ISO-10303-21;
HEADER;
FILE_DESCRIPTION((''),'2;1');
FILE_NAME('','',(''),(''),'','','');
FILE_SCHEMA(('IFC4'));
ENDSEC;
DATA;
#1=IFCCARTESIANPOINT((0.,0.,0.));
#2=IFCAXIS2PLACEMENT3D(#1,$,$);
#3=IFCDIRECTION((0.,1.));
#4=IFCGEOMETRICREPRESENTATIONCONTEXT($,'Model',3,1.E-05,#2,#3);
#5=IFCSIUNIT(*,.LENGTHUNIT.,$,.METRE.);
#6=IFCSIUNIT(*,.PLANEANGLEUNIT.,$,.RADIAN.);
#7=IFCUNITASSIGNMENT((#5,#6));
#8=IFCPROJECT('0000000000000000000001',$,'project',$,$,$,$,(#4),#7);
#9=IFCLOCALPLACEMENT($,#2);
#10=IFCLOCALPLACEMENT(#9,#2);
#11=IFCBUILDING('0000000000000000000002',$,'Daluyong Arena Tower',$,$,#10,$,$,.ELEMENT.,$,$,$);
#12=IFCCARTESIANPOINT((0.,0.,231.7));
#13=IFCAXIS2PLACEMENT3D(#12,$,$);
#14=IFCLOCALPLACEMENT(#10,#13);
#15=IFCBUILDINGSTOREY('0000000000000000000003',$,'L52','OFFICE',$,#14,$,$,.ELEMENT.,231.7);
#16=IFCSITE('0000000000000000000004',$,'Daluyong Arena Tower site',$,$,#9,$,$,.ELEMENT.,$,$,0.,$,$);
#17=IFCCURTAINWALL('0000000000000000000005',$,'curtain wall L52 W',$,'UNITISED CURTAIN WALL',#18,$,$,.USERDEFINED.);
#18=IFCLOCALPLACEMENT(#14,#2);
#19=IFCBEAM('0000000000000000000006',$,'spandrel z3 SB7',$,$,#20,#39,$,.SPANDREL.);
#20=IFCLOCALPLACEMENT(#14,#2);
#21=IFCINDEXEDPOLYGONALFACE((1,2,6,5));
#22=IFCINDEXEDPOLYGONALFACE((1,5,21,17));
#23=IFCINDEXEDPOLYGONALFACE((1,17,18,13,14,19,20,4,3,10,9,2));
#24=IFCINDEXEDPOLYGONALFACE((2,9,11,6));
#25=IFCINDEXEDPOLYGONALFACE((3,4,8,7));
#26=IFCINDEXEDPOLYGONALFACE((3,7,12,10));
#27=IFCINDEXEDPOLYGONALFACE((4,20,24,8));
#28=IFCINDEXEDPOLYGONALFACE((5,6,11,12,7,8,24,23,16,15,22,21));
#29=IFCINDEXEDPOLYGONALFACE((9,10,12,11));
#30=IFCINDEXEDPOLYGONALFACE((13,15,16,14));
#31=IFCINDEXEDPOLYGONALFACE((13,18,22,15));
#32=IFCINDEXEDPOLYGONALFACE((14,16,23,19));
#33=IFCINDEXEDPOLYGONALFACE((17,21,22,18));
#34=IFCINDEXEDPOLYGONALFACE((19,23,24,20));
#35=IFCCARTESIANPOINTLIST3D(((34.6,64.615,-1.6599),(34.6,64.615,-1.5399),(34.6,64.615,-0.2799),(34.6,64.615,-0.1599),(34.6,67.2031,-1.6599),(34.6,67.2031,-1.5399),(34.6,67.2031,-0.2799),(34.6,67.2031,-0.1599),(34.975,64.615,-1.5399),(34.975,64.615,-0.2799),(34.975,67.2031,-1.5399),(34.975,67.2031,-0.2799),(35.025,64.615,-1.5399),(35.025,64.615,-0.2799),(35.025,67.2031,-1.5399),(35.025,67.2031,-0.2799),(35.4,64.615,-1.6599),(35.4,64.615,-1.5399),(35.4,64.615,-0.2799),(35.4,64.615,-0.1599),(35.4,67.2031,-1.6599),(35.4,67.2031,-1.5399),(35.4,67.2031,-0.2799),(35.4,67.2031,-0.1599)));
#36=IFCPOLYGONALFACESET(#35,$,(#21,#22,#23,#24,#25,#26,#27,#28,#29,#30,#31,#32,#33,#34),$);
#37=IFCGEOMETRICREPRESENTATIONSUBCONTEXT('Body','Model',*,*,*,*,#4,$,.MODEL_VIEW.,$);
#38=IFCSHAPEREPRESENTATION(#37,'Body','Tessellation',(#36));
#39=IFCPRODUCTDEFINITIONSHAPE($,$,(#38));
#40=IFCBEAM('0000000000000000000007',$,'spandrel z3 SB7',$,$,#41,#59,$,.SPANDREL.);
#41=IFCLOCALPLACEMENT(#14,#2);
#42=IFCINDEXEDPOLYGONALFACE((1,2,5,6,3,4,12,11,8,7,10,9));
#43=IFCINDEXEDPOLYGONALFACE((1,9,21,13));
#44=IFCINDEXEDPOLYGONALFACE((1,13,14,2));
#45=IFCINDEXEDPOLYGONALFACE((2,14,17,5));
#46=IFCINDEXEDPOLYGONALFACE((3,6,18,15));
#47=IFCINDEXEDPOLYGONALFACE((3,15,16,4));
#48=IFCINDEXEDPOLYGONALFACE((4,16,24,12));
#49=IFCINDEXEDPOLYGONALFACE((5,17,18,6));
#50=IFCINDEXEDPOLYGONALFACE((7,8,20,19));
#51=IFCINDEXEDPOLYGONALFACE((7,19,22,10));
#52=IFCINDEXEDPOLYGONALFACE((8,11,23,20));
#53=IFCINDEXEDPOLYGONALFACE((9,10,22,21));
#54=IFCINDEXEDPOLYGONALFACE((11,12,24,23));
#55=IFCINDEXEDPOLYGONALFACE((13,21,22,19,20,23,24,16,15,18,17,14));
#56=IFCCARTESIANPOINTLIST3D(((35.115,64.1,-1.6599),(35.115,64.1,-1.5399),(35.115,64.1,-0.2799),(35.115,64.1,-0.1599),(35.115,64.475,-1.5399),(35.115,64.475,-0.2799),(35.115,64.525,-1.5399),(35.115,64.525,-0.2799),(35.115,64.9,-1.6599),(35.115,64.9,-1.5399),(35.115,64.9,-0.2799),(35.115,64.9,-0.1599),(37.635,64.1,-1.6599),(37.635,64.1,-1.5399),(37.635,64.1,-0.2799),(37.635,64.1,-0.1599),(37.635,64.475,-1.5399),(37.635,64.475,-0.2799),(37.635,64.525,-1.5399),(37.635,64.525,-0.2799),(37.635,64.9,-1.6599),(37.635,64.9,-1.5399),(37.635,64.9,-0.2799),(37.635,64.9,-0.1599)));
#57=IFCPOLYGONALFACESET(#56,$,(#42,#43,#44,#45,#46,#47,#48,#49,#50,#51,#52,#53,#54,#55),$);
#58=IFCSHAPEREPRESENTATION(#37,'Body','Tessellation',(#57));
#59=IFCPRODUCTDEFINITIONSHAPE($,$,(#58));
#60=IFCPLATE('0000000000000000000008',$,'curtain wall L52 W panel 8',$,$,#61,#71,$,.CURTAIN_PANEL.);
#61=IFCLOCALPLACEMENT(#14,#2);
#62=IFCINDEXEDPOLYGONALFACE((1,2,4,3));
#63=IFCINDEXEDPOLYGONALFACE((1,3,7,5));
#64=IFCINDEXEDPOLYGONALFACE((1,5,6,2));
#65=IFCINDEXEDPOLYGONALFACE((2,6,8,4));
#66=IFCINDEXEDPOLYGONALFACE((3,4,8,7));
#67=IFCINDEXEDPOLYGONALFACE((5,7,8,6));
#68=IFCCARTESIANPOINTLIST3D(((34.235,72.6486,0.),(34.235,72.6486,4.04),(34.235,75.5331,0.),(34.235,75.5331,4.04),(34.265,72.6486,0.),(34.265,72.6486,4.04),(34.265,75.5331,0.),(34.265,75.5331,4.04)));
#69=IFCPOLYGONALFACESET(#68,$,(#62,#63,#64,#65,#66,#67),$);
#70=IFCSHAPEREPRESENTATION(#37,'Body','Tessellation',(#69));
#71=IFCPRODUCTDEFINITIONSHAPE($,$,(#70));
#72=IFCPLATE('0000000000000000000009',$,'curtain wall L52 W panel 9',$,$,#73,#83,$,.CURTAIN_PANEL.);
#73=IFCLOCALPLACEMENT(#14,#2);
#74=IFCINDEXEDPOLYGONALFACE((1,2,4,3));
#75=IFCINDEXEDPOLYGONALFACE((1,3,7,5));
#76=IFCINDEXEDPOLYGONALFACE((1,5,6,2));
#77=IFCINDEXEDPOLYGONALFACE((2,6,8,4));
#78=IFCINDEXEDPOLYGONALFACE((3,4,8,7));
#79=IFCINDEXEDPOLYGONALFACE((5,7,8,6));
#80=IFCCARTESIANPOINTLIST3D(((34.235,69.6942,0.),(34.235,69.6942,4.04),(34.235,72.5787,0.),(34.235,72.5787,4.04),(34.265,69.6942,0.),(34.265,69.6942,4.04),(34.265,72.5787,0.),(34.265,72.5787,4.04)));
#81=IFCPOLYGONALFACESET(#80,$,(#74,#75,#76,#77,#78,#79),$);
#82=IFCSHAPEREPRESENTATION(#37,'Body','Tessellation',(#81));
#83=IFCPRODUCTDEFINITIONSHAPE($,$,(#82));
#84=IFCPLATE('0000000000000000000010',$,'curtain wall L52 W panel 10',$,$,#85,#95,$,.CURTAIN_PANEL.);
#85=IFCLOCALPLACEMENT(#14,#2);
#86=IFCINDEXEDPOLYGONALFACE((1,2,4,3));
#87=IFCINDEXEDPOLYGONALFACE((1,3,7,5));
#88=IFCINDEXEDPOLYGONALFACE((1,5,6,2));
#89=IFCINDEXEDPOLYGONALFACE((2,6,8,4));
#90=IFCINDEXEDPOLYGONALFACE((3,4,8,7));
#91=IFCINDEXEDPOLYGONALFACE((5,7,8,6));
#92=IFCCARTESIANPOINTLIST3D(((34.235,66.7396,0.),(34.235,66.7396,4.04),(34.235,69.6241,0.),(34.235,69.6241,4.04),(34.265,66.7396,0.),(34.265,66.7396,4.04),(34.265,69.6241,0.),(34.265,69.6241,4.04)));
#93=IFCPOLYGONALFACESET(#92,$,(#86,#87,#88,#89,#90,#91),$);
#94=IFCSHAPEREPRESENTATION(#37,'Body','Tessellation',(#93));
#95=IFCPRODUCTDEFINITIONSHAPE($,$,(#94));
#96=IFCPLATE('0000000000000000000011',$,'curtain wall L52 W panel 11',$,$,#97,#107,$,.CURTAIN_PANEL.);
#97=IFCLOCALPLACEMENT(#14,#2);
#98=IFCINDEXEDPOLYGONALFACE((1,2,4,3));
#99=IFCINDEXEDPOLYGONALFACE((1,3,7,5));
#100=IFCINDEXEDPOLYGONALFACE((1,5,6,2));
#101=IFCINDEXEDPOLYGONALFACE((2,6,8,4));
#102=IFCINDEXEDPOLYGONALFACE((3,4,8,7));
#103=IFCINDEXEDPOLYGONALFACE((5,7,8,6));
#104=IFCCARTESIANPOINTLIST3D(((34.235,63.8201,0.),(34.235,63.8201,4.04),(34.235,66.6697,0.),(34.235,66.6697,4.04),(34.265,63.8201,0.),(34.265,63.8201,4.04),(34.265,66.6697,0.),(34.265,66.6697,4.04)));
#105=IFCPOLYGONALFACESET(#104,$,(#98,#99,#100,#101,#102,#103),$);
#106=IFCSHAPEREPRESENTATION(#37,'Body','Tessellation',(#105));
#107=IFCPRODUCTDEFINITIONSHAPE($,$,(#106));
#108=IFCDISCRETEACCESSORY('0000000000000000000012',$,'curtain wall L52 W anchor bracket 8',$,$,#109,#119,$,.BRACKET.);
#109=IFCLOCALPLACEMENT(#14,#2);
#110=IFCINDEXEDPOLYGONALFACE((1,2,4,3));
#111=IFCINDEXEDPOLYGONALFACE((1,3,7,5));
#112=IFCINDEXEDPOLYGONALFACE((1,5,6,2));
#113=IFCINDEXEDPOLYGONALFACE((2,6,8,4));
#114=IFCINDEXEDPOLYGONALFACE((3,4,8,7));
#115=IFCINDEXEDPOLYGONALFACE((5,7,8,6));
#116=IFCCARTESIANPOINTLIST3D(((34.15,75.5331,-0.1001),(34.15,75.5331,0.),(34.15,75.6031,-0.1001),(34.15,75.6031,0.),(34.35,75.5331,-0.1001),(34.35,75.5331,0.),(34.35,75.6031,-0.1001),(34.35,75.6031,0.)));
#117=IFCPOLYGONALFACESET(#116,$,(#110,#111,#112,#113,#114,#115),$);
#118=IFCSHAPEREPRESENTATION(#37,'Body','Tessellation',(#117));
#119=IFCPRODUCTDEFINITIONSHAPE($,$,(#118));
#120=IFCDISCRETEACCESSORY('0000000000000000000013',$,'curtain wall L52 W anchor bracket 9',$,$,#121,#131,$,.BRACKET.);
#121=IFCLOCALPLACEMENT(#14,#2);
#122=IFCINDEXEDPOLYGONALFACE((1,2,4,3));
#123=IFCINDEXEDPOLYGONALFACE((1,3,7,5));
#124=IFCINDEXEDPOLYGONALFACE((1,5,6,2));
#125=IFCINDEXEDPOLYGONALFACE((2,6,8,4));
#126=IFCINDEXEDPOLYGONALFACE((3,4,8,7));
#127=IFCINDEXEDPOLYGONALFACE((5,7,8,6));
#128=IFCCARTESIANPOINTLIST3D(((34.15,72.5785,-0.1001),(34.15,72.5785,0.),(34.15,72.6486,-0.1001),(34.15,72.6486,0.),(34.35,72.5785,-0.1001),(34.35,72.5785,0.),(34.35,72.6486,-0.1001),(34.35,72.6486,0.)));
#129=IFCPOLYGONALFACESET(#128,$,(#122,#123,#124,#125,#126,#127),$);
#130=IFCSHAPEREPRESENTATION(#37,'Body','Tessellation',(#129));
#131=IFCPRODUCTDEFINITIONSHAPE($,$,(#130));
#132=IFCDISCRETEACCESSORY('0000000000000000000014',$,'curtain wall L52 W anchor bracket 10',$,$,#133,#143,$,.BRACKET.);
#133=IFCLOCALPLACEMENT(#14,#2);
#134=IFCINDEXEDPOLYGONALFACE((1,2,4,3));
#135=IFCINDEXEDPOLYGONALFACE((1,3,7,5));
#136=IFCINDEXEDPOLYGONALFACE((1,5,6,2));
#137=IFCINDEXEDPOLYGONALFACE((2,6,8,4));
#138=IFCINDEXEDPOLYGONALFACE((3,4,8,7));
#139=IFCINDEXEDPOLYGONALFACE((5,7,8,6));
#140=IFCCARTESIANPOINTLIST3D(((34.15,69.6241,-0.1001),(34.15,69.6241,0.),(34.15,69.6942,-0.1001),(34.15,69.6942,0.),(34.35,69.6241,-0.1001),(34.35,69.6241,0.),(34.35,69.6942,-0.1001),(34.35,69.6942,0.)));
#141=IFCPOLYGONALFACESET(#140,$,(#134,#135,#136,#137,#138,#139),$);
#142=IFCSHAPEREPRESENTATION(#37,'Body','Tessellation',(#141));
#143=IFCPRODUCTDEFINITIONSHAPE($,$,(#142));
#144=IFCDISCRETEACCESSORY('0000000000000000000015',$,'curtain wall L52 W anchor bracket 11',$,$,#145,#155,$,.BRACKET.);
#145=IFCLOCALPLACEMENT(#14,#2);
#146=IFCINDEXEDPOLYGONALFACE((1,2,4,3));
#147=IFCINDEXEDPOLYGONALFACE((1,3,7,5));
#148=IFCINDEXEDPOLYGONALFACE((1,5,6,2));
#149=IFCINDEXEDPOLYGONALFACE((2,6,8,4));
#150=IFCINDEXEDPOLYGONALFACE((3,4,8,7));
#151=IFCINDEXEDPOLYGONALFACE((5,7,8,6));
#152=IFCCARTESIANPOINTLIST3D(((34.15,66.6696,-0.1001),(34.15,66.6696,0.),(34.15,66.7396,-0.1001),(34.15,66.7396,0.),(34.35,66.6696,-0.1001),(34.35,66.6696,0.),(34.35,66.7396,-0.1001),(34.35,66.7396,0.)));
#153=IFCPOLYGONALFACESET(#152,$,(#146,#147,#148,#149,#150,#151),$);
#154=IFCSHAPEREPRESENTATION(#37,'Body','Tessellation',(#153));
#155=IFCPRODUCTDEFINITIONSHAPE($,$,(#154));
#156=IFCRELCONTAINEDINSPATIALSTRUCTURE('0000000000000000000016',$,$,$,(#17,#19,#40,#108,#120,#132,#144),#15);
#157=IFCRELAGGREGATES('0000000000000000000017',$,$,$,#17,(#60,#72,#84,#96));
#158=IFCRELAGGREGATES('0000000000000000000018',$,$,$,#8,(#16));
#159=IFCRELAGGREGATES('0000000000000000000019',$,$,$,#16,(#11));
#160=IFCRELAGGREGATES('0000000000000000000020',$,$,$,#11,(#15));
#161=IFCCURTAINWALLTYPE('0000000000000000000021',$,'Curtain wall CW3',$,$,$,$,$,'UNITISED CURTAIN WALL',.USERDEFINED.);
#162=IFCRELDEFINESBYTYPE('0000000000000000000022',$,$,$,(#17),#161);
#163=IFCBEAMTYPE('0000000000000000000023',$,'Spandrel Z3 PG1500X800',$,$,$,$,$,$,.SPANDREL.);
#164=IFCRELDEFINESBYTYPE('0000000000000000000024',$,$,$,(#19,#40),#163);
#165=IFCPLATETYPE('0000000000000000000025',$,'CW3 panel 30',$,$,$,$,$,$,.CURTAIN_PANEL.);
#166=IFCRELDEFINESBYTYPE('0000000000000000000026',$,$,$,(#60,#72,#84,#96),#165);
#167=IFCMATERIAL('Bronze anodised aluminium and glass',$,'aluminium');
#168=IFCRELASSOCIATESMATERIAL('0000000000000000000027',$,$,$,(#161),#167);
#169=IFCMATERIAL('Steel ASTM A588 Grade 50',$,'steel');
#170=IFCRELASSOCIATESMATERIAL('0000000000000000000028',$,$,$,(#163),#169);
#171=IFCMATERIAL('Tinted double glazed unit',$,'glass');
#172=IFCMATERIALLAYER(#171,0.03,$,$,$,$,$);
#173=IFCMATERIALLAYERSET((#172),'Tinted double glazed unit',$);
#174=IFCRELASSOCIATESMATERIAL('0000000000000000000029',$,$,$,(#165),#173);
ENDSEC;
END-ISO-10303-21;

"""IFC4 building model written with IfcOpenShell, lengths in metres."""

from ifc_helpers import new_model, si_unit, direction, frame, origin, origin_2d, place, context, subcontext, project, spatial, rectangle, i_section, extrude, material, layer, layer_set, material_profile, profile_set, type_object, element, aggregate, save


model = new_model("IFC4")

# Units and contexts
model_context = context("Model", 3, precision=1e-05, world=origin(), true_north=direction((0.0, 1.0)))
body_context = subcontext(model_context, "Body", "Model", "MODEL_VIEW")
ifc_project = project(units=[si_unit("LENGTHUNIT", "METRE"), si_unit("PLANEANGLEUNIT", "RADIAN")], contexts=[model_context])

# Site, building, storey
site_placement = place(None, origin())
site = spatial("IfcSite", under=ifc_project, at=site_placement, Name="Daluyong Arena Tower site", CompositionType="ELEMENT", RefElevation=0.0)
building_placement = place(site_placement, origin())
building = spatial("IfcBuilding", under=site, at=building_placement, Name="Daluyong Arena Tower", CompositionType="ELEMENT")
storey_placement = place(building_placement, frame((0.0, 0.0, 231.7)))
storey = spatial("IfcBuildingStorey", under=building, at=storey_placement, Name="L52", Description="OFFICE", CompositionType="ELEMENT", Elevation=231.7)

# Curtain wall
ifc_material_1 = material(Name="Bronze anodised aluminium and glass", Category="aluminium")
curtain_wall_type_1 = type_object("IfcCurtainWallType", Name="Curtain wall CW3", ElementType="UNITISED CURTAIN WALL", PredefinedType="USERDEFINED", material=ifc_material_1)
curtain_wall_1_placement = place(storey_placement, origin())
curtain_wall_1 = element("IfcCurtainWall", 1, at=curtain_wall_1_placement, inside=storey, type_object=curtain_wall_type_1, Name="curtain wall L52 W", ObjectType="UNITISED CURTAIN WALL", PredefinedType="USERDEFINED")

# Beams
ifc_material_2 = material(Name="Steel ASTM A588 Grade 50", Category="steel")
ifc_material_profile_1 = material_profile(ifc_material_2, i_section(OverallWidth=0.8, OverallDepth=1.5, WebThickness=0.05, FlangeThickness=0.12, at=origin_2d()))
ifc_profile_set_1 = profile_set([ifc_material_profile_1], Name="Steel ASTM A588 Grade 50")
beam_type_1 = type_object("IfcBeamType", Name="Spandrel Z3 PG1500X800", PredefinedType="SPANDREL", material=ifc_profile_set_1)
beam_1_placement = place(storey_placement, frame((35.0, 67.2031, -0.9099), z_axis=(0.0, -1.0, 0.0), x_axis=(1.0, 0.0, 0.0)))
element("IfcBeam", 2, at=beam_1_placement, inside=storey, type_object=beam_type_1, Name="spandrel z3 SB7", PredefinedType="SPANDREL", context=body_context, shape_type="SweptSolid", body=[
    extrude(i_section(OverallWidth=0.8, OverallDepth=1.5, WebThickness=0.05, FlangeThickness=0.12, at=origin_2d()), origin(), (0.0, 0.0, 1.0), 2.5881),
])
beam_2_placement = place(storey_placement, frame((35.115, 64.5, -0.9099), z_axis=(1.0, 0.0, 0.0), x_axis=(0.0, 1.0, 0.0)))
element("IfcBeam", 3, at=beam_2_placement, inside=storey, type_object=beam_type_1, Name="spandrel z3 SB7", PredefinedType="SPANDREL", context=body_context, shape_type="SweptSolid", body=[
    extrude(i_section(OverallWidth=0.8, OverallDepth=1.5, WebThickness=0.05, FlangeThickness=0.12, at=origin_2d()), origin(), (0.0, 0.0, 1.0), 2.52),
])

# Plates
ifc_material_3 = material(Name="Tinted double glazed unit", Category="glass")
ifc_layer = layer(ifc_material_3, 0.03)
ifc_layer_set = layer_set([ifc_layer], Name="Tinted double glazed unit")
plate_type = type_object("IfcPlateType", Name="CW3 panel 30", PredefinedType="CURTAIN_PANEL", material=ifc_layer_set)
plate_1_placement = place(storey_placement, frame((34.25, 74.0908, 0.0), z_axis=(0.0, 0.0, 1.0), x_axis=(0.0, -1.0, 0.0)))
plate_1 = element("IfcPlate", 4, at=plate_1_placement, type_object=plate_type, Name="curtain wall L52 W panel 8", PredefinedType="CURTAIN_PANEL", context=body_context, shape_type="SweptSolid", body=[
    extrude(rectangle(XDim=2.8845, YDim=0.03, at=origin_2d()), origin(), (0.0, 0.0, 1.0), 4.04),
])
plate_2_placement = place(storey_placement, frame((34.25, 71.1365, 0.0), z_axis=(0.0, 0.0, 1.0), x_axis=(0.0, -1.0, 0.0)))
plate_2 = element("IfcPlate", 5, at=plate_2_placement, type_object=plate_type, Name="curtain wall L52 W panel 9", PredefinedType="CURTAIN_PANEL", context=body_context, shape_type="SweptSolid", body=[
    extrude(rectangle(XDim=2.8845, YDim=0.03, at=origin_2d()), origin(), (0.0, 0.0, 1.0), 4.04),
])
plate_3_placement = place(storey_placement, frame((34.25, 68.1819, 0.0), z_axis=(0.0, 0.0, 1.0), x_axis=(0.0, -1.0, 0.0)))
plate_3 = element("IfcPlate", 6, at=plate_3_placement, type_object=plate_type, Name="curtain wall L52 W panel 10", PredefinedType="CURTAIN_PANEL", context=body_context, shape_type="SweptSolid", body=[
    extrude(rectangle(XDim=2.8845, YDim=0.03, at=origin_2d()), origin(), (0.0, 0.0, 1.0), 4.04),
])
plate_4_placement = place(storey_placement, frame((34.25, 65.2449, 0.0), z_axis=(0.0, 0.0, 1.0), x_axis=(0.0, -1.0, 0.0)))
plate_4 = element("IfcPlate", 7, at=plate_4_placement, type_object=plate_type, Name="curtain wall L52 W panel 11", PredefinedType="CURTAIN_PANEL", context=body_context, shape_type="SweptSolid", body=[
    extrude(rectangle(XDim=2.8496, YDim=0.03, at=origin_2d()), origin(), (0.0, 0.0, 1.0), 4.04),
])
aggregate(curtain_wall_1, [plate_1, plate_2, plate_3, plate_4])

# Discrete accessories
for number, where, z_axis, x_axis, name in (
    (8, (34.25, 75.5681, -0.1001), (0.0, 0.0, 1.0), (0.0, -1.0, 0.0), "curtain wall L52 W anchor bracket 8"),
    (9, (34.25, 72.6135, -0.1001), (0.0, 0.0, 1.0), (0.0, -1.0, 0.0), "curtain wall L52 W anchor bracket 9"),
    (10, (34.25, 69.6592, -0.1001), (0.0, 0.0, 1.0), (0.0, -1.0, 0.0), "curtain wall L52 W anchor bracket 10"),
    (11, (34.25, 66.7046, -0.1001), (0.0, 0.0, 1.0), (0.0, -1.0, 0.0), "curtain wall L52 W anchor bracket 11"),
):
    element("IfcDiscreteAccessory", number, at=place(storey_placement, frame(where, z_axis=z_axis, x_axis=x_axis)), inside=storey, Name=name, PredefinedType="BRACKET", context=body_context, shape_type="SweptSolid", body=[
        extrude(rectangle(XDim=0.0701, YDim=0.2, at=origin_2d()), origin(), (0.0, 0.0, 1.0), 0.1001),
    ])

save(model, "model.ifc")
